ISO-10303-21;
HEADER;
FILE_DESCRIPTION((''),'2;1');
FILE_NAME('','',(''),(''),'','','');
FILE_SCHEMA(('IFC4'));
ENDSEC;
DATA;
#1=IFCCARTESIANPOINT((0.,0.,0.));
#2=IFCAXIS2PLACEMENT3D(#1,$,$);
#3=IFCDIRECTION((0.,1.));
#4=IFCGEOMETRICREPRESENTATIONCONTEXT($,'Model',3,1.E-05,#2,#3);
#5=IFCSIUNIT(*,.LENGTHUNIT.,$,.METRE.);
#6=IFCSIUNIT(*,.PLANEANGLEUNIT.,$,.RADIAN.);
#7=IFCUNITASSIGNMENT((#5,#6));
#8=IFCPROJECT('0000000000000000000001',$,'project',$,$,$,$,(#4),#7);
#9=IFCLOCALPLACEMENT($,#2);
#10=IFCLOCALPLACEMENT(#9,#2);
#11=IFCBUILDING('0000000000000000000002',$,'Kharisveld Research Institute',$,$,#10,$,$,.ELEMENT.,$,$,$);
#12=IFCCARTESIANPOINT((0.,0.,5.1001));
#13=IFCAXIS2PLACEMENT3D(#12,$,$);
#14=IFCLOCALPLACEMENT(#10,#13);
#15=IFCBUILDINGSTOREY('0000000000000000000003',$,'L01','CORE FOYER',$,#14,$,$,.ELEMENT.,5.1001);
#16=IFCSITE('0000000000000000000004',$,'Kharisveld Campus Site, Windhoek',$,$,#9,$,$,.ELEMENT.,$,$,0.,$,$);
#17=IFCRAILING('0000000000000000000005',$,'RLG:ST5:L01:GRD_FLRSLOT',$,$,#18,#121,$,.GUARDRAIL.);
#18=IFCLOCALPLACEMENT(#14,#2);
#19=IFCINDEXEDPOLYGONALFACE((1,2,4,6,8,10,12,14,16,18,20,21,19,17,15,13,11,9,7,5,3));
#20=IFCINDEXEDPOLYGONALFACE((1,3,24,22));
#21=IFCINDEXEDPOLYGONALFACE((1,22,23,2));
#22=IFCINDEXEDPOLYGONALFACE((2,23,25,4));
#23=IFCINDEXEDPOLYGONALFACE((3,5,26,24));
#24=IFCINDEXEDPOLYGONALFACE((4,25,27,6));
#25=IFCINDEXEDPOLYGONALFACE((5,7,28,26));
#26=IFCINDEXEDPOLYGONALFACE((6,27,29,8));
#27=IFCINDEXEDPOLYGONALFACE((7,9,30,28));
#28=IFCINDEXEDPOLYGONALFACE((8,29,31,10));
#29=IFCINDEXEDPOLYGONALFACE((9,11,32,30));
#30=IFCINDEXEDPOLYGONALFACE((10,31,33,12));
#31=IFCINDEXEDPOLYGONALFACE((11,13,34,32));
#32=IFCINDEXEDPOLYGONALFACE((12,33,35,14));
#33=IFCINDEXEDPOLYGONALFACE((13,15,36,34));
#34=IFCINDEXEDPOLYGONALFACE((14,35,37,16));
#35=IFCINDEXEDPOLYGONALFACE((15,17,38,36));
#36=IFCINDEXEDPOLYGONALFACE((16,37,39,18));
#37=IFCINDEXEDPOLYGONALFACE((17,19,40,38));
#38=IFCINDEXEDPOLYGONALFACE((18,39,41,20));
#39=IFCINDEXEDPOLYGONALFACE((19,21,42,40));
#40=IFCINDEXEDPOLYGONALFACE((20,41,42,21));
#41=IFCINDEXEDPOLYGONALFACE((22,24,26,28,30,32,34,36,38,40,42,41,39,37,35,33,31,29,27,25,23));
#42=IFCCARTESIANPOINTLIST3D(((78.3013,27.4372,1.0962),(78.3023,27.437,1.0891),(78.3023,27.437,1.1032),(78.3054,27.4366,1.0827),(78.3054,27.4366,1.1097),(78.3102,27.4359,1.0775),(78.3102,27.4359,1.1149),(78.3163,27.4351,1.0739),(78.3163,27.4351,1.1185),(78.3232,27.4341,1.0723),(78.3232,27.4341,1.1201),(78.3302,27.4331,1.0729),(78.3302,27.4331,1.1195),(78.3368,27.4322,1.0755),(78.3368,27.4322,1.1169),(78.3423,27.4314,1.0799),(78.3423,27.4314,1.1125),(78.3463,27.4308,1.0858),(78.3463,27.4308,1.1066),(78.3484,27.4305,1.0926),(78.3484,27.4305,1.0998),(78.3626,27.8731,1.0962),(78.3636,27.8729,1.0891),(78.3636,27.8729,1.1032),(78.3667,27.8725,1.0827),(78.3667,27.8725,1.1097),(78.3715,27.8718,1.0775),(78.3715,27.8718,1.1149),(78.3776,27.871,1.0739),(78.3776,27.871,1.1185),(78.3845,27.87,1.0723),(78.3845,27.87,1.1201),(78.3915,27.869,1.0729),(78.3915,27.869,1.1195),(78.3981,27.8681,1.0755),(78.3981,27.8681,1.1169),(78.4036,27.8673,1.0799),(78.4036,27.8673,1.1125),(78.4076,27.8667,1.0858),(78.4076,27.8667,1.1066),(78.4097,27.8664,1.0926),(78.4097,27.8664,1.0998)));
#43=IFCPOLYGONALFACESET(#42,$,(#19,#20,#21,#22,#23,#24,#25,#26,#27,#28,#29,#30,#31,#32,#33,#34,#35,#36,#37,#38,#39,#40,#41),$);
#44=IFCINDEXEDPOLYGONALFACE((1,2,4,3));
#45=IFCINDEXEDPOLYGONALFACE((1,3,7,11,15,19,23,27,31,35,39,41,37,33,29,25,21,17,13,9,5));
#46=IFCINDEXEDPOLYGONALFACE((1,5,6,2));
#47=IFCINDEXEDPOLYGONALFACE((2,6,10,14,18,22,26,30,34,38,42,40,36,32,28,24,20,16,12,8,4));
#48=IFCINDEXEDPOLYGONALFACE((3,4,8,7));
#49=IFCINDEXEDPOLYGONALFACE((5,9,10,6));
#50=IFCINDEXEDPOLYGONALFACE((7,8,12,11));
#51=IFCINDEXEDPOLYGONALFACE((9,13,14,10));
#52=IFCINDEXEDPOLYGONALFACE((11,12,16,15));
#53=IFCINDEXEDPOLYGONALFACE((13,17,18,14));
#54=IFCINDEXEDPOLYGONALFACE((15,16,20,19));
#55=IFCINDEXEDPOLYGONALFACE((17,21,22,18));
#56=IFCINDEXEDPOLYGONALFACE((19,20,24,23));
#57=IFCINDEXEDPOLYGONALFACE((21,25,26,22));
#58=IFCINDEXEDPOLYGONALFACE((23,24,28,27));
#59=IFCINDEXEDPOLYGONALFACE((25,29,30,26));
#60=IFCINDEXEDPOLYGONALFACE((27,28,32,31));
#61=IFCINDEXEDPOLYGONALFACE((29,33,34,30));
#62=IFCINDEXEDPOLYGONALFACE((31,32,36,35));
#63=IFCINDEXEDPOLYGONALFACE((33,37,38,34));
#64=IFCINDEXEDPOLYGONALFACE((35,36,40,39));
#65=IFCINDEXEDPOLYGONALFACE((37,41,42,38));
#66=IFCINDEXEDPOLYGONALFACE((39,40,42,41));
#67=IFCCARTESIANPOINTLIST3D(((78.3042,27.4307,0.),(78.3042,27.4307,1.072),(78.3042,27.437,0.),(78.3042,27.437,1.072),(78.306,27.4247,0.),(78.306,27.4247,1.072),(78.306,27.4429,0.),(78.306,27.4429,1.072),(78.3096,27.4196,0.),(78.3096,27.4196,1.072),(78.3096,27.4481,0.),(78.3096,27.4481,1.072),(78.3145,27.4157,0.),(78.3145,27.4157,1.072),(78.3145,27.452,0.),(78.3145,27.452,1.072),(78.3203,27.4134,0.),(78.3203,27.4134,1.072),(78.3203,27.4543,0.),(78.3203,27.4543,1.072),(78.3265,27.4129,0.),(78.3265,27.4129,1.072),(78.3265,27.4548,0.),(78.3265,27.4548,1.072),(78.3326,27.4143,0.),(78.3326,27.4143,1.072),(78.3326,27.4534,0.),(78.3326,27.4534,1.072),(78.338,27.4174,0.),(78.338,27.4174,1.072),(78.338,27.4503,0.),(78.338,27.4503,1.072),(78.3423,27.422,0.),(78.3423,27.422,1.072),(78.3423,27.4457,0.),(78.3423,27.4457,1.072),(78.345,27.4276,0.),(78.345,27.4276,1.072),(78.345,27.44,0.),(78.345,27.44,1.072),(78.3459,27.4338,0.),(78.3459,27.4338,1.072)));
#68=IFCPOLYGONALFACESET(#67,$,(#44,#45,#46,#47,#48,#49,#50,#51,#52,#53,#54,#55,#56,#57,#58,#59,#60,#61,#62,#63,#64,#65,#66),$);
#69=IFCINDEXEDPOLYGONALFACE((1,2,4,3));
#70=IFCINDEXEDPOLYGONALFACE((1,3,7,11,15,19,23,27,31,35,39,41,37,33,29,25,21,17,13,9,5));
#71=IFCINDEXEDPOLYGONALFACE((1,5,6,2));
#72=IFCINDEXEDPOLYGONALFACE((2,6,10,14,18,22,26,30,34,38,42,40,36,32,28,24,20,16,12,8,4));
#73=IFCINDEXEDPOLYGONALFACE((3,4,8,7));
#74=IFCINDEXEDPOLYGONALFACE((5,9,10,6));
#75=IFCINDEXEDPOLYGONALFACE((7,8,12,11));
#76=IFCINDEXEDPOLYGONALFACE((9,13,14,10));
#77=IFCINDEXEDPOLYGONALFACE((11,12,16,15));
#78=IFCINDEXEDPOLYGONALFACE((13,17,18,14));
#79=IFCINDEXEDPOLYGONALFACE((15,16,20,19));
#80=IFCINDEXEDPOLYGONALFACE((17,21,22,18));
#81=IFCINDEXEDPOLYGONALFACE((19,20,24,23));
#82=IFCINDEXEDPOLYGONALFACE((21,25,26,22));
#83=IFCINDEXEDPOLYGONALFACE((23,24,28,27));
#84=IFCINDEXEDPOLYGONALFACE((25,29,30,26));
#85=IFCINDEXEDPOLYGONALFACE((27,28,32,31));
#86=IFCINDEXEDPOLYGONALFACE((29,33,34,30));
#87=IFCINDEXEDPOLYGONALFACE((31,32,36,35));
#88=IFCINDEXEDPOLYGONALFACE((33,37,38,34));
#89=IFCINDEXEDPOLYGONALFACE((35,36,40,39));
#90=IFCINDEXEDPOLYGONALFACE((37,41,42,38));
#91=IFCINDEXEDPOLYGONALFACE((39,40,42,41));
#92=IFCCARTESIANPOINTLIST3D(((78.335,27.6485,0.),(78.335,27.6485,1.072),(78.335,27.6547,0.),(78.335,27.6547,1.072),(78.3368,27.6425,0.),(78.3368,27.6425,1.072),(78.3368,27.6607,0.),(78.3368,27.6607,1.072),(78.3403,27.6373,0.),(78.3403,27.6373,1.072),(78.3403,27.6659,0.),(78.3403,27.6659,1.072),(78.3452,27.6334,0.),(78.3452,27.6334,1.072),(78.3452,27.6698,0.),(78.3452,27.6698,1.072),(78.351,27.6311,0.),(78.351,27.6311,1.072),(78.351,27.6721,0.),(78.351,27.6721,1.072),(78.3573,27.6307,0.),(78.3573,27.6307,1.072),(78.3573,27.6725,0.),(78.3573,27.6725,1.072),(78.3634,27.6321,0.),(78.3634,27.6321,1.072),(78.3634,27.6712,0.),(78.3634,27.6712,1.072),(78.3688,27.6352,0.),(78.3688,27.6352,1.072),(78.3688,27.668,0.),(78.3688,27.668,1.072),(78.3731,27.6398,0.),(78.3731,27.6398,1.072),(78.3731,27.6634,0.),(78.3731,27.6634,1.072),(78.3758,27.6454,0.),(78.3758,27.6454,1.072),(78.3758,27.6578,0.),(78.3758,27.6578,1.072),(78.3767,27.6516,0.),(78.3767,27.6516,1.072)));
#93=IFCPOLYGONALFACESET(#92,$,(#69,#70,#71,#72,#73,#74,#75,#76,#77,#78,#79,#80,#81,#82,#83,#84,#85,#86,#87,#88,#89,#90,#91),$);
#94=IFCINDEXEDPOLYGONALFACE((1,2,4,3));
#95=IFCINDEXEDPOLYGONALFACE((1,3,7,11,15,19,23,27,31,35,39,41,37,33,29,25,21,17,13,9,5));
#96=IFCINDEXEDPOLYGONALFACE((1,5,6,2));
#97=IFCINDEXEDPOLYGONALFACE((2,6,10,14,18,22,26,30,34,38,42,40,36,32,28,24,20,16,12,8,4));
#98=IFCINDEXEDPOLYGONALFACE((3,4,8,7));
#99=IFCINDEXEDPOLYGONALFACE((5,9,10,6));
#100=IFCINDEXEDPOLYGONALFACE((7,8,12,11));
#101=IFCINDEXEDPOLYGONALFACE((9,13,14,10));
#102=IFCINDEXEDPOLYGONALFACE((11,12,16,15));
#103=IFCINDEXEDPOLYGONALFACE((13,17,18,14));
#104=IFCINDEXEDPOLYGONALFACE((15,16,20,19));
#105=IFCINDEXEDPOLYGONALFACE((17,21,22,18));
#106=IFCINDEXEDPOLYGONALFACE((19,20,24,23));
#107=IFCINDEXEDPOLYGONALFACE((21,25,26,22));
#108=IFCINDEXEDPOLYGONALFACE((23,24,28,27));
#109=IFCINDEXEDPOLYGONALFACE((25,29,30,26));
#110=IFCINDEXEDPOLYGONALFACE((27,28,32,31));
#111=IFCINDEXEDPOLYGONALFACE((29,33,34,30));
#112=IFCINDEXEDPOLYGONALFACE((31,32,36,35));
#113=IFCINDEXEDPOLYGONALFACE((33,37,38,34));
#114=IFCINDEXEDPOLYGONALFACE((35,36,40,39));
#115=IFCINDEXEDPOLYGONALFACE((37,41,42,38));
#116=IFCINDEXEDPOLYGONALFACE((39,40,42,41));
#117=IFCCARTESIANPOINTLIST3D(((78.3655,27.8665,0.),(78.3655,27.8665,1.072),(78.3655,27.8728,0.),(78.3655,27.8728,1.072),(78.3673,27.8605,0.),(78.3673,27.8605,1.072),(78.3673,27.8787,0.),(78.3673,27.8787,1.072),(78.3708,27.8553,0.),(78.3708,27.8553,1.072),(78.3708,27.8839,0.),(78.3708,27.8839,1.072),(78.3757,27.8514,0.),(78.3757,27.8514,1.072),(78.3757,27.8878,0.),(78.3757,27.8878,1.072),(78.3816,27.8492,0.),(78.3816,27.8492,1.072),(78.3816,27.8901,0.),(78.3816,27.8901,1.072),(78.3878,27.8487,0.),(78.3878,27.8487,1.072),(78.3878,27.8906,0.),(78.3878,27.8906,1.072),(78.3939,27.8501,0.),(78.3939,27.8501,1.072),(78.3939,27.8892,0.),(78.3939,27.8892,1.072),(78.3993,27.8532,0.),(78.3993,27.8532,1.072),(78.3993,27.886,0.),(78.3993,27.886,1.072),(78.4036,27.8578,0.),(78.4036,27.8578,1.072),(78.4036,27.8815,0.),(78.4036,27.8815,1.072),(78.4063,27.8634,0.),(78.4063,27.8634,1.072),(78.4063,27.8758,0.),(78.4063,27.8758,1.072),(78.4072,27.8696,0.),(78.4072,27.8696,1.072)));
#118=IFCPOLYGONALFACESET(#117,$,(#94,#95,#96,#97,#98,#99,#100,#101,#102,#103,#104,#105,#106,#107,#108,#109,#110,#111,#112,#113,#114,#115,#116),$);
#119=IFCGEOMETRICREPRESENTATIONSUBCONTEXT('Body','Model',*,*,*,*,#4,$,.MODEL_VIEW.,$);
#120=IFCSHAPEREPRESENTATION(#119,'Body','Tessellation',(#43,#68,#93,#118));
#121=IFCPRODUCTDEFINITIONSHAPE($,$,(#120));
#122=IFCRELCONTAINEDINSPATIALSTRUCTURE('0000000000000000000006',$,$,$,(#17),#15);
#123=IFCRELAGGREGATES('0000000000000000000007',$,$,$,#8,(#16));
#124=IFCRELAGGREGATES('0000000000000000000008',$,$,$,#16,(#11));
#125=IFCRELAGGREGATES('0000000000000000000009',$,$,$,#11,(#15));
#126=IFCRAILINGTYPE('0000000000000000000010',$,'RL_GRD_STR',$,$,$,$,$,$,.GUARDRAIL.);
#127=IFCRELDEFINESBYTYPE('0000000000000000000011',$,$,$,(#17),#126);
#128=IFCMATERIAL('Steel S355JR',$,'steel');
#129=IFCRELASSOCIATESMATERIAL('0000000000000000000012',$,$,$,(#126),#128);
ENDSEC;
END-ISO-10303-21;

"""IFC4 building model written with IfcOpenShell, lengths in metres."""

from ifc_helpers import new_model, si_unit, direction, frame, origin, origin_2d, place, context, subcontext, project, spatial, circle, extrude, material, type_object, element, save


model = new_model("IFC4")

# Units and contexts
model_context = context("Model", 3, precision=1e-05, world=origin(), true_north=direction((0.0, 1.0)))
body_context = subcontext(model_context, "Body", "Model", "MODEL_VIEW")
ifc_project = project(units=[si_unit("LENGTHUNIT", "METRE"), si_unit("PLANEANGLEUNIT", "RADIAN")], contexts=[model_context])

# Site, building, storey
site_placement = place(None, origin())
site = spatial("IfcSite", under=ifc_project, at=site_placement, Name="Kharisveld Campus Site, Windhoek", CompositionType="ELEMENT", RefElevation=0.0)
building_placement = place(site_placement, origin())
building = spatial("IfcBuilding", under=site, at=building_placement, Name="Kharisveld Research Institute", CompositionType="ELEMENT")
storey_placement = place(building_placement, frame((0.0, 0.0, 5.1001)))
storey = spatial("IfcBuildingStorey", under=building, at=storey_placement, Name="L01", Description="CORE FOYER", CompositionType="ELEMENT", Elevation=5.1001)

# Railing
ifc_material_1 = material(Name="Steel S355JR", Category="steel")
railing_type_1 = type_object("IfcRailingType", Name="RL_GRD_STR", PredefinedType="GUARDRAIL", material=ifc_material_1)
railing_1_placement = place(storey_placement, frame((78.325, 27.4338, 0.0)))
element("IfcRailing", 1, at=railing_1_placement, inside=storey, type_object=railing_type_1, Name="RLG:ST5:L01:GRD_FLRSLOT", PredefinedType="GUARDRAIL", context=body_context, shape_type="SweptSolid", body=[
    extrude(circle(Radius=0.0239, at=origin_2d()), frame((0.0, 0.0, 1.0962), z_axis=(0.139246, 0.990258, 0.0), x_axis=(-0.990258, 0.139246, 0.0)), (0.0, 0.0, 1.0), 0.4402),
    extrude(circle(Radius=0.021, at=origin_2d()), origin(), (0.0, 0.0, 1.0), 1.072),
    extrude(circle(Radius=0.021, at=origin_2d()), frame((0.0308, 0.2178, 0.0)), (0.0, 0.0, 1.0), 1.072),
    extrude(circle(Radius=0.021, at=origin_2d()), frame((0.0613, 0.4358, 0.0)), (0.0, 0.0, 1.0), 1.072),
])

save(model, "model.ifc")
